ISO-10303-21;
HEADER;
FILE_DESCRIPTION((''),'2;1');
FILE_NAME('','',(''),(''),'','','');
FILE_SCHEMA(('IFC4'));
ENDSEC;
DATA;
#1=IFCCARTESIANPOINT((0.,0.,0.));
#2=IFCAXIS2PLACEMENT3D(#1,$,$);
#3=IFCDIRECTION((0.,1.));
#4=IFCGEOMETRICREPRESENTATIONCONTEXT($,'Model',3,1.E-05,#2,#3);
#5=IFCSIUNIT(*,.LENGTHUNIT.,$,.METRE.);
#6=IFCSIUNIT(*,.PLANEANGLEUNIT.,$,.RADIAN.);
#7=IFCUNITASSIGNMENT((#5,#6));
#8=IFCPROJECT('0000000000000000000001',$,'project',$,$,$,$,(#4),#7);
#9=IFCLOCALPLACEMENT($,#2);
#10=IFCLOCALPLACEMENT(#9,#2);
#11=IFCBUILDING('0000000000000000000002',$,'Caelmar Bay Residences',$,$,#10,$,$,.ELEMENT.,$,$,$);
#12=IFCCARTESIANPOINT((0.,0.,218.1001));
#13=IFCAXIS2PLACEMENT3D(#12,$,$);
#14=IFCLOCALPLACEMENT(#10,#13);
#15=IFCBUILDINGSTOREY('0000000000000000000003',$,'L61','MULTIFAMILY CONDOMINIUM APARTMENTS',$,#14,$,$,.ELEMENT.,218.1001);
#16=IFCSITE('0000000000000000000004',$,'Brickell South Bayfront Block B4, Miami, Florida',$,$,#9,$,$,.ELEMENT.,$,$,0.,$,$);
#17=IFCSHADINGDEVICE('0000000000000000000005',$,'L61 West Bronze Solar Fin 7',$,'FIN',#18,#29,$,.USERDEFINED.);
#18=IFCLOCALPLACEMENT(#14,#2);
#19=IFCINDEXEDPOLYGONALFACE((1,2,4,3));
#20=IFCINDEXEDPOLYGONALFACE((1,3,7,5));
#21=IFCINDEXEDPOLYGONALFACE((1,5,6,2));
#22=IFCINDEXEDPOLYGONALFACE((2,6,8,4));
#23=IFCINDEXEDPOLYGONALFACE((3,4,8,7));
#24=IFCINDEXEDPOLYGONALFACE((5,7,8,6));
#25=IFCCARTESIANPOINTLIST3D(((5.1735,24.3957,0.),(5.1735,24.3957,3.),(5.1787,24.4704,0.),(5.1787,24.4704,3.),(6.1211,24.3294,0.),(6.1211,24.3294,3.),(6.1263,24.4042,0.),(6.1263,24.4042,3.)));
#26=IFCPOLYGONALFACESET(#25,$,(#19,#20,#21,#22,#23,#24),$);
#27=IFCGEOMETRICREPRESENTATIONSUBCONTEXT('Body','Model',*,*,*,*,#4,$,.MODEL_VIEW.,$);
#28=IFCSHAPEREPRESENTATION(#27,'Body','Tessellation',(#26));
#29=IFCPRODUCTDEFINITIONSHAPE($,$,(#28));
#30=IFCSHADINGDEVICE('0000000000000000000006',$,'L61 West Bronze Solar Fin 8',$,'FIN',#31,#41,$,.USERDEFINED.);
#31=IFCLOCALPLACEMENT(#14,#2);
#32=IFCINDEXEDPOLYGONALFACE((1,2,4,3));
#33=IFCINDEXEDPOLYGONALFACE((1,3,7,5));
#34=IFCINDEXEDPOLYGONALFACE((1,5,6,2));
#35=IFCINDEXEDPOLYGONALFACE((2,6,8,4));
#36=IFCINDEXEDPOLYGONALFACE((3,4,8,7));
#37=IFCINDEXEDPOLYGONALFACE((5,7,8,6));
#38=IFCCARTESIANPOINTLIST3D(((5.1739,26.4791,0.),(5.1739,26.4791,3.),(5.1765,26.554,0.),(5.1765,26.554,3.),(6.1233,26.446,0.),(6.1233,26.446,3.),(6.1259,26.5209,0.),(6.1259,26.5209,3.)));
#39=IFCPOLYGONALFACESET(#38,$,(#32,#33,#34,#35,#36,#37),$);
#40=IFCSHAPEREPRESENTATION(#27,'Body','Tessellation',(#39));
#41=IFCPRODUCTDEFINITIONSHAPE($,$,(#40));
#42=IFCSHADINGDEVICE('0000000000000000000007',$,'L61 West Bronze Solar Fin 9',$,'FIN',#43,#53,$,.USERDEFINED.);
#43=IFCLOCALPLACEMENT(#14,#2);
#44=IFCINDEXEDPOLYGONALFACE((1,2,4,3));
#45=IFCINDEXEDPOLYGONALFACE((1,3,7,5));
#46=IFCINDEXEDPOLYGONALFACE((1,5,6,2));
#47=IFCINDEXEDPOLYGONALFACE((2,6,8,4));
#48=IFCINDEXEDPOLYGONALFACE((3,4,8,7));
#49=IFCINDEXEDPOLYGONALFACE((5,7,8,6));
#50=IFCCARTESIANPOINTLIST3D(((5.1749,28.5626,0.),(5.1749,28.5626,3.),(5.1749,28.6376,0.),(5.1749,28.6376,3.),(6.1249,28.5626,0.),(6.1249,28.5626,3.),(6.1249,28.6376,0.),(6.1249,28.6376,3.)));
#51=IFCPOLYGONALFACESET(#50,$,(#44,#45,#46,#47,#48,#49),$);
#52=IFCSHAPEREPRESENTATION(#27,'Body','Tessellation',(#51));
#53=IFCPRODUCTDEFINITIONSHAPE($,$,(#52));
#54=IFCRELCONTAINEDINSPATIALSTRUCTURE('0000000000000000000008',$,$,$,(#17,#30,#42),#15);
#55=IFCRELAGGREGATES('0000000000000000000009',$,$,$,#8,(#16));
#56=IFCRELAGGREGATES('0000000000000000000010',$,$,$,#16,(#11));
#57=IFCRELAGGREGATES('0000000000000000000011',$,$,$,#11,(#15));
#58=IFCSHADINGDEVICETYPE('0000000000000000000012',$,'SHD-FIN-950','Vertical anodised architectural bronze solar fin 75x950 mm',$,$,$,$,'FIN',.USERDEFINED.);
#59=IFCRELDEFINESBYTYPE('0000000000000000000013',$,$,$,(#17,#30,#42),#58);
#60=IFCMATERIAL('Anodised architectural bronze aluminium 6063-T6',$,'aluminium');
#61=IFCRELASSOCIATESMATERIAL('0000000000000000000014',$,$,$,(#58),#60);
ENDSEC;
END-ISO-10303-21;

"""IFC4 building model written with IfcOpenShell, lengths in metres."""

from ifc_helpers import new_model, si_unit, direction, frame, origin, origin_2d, place, context, subcontext, project, spatial, rectangle, extrude, material, material_profile, profile_set, type_object, element, save


model = new_model("IFC4")

# Units and contexts
model_context = context("Model", 3, precision=1e-05, world=origin(), true_north=direction((0.0, 1.0)))
body_context = subcontext(model_context, "Body", "Model", "MODEL_VIEW")
ifc_project = project(units=[si_unit("LENGTHUNIT", "METRE"), si_unit("PLANEANGLEUNIT", "RADIAN")], contexts=[model_context])

# Site, building, storey
site_placement = place(None, origin())
site = spatial("IfcSite", under=ifc_project, at=site_placement, Name="Brickell South Bayfront Block B4, Miami, Florida", CompositionType="ELEMENT", RefElevation=0.0)
building_placement = place(site_placement, origin())
building = spatial("IfcBuilding", under=site, at=building_placement, Name="Caelmar Bay Residences", CompositionType="ELEMENT")
storey_placement = place(building_placement, frame((0.0, 0.0, 218.1001)))
storey = spatial("IfcBuildingStorey", under=building, at=storey_placement, Name="L61", Description="MULTIFAMILY CONDOMINIUM APARTMENTS", CompositionType="ELEMENT", Elevation=218.1001)

# Shading devices
ifc_material_1 = material(Name="Anodised architectural bronze aluminium 6063-T6", Category="aluminium")
ifc_material_profile_1 = material_profile(ifc_material_1, rectangle(XDim=0.075, YDim=0.95, at=origin_2d()), Name="BRONZE-FIN-75X950")
ifc_profile_set_1 = profile_set([ifc_material_profile_1], Name="Anodised architectural bronze aluminium 6063-T6")
shading_device_type = type_object("IfcShadingDeviceType", Name="SHD-FIN-950", Description="Vertical anodised architectural bronze solar fin 75x950 mm", ElementType="FIN", PredefinedType="USERDEFINED", material=ifc_profile_set_1)
for number, where, z_axis, x_axis, name in (
    (1, (5.6499, 24.3999, 0.0), (0.0, 0.0, 1.0), (0.069756, 0.997564, 0.0), "L61 West Bronze Solar Fin 7"),
    (2, (5.6499, 26.5, 0.0), (0.0, 0.0, 1.0), (0.034899, 0.999391, 0.0), "L61 West Bronze Solar Fin 8"),
    (3, (5.6499, 28.6001, 0.0), (0.0, 0.0, 1.0), (0.0, 1.0, 0.0), "L61 West Bronze Solar Fin 9"),
):
    element("IfcShadingDevice", number, at=place(storey_placement, frame(where, z_axis=z_axis, x_axis=x_axis)), inside=storey, type_object=shading_device_type, Name=name, ObjectType="FIN", PredefinedType="USERDEFINED", context=body_context, shape_type="SweptSolid", body=[
        extrude(rectangle(XDim=0.075, YDim=0.95, at=origin_2d()), origin(), (0.0, 0.0, 1.0), 3.0),
    ])

save(model, "model.ifc")
